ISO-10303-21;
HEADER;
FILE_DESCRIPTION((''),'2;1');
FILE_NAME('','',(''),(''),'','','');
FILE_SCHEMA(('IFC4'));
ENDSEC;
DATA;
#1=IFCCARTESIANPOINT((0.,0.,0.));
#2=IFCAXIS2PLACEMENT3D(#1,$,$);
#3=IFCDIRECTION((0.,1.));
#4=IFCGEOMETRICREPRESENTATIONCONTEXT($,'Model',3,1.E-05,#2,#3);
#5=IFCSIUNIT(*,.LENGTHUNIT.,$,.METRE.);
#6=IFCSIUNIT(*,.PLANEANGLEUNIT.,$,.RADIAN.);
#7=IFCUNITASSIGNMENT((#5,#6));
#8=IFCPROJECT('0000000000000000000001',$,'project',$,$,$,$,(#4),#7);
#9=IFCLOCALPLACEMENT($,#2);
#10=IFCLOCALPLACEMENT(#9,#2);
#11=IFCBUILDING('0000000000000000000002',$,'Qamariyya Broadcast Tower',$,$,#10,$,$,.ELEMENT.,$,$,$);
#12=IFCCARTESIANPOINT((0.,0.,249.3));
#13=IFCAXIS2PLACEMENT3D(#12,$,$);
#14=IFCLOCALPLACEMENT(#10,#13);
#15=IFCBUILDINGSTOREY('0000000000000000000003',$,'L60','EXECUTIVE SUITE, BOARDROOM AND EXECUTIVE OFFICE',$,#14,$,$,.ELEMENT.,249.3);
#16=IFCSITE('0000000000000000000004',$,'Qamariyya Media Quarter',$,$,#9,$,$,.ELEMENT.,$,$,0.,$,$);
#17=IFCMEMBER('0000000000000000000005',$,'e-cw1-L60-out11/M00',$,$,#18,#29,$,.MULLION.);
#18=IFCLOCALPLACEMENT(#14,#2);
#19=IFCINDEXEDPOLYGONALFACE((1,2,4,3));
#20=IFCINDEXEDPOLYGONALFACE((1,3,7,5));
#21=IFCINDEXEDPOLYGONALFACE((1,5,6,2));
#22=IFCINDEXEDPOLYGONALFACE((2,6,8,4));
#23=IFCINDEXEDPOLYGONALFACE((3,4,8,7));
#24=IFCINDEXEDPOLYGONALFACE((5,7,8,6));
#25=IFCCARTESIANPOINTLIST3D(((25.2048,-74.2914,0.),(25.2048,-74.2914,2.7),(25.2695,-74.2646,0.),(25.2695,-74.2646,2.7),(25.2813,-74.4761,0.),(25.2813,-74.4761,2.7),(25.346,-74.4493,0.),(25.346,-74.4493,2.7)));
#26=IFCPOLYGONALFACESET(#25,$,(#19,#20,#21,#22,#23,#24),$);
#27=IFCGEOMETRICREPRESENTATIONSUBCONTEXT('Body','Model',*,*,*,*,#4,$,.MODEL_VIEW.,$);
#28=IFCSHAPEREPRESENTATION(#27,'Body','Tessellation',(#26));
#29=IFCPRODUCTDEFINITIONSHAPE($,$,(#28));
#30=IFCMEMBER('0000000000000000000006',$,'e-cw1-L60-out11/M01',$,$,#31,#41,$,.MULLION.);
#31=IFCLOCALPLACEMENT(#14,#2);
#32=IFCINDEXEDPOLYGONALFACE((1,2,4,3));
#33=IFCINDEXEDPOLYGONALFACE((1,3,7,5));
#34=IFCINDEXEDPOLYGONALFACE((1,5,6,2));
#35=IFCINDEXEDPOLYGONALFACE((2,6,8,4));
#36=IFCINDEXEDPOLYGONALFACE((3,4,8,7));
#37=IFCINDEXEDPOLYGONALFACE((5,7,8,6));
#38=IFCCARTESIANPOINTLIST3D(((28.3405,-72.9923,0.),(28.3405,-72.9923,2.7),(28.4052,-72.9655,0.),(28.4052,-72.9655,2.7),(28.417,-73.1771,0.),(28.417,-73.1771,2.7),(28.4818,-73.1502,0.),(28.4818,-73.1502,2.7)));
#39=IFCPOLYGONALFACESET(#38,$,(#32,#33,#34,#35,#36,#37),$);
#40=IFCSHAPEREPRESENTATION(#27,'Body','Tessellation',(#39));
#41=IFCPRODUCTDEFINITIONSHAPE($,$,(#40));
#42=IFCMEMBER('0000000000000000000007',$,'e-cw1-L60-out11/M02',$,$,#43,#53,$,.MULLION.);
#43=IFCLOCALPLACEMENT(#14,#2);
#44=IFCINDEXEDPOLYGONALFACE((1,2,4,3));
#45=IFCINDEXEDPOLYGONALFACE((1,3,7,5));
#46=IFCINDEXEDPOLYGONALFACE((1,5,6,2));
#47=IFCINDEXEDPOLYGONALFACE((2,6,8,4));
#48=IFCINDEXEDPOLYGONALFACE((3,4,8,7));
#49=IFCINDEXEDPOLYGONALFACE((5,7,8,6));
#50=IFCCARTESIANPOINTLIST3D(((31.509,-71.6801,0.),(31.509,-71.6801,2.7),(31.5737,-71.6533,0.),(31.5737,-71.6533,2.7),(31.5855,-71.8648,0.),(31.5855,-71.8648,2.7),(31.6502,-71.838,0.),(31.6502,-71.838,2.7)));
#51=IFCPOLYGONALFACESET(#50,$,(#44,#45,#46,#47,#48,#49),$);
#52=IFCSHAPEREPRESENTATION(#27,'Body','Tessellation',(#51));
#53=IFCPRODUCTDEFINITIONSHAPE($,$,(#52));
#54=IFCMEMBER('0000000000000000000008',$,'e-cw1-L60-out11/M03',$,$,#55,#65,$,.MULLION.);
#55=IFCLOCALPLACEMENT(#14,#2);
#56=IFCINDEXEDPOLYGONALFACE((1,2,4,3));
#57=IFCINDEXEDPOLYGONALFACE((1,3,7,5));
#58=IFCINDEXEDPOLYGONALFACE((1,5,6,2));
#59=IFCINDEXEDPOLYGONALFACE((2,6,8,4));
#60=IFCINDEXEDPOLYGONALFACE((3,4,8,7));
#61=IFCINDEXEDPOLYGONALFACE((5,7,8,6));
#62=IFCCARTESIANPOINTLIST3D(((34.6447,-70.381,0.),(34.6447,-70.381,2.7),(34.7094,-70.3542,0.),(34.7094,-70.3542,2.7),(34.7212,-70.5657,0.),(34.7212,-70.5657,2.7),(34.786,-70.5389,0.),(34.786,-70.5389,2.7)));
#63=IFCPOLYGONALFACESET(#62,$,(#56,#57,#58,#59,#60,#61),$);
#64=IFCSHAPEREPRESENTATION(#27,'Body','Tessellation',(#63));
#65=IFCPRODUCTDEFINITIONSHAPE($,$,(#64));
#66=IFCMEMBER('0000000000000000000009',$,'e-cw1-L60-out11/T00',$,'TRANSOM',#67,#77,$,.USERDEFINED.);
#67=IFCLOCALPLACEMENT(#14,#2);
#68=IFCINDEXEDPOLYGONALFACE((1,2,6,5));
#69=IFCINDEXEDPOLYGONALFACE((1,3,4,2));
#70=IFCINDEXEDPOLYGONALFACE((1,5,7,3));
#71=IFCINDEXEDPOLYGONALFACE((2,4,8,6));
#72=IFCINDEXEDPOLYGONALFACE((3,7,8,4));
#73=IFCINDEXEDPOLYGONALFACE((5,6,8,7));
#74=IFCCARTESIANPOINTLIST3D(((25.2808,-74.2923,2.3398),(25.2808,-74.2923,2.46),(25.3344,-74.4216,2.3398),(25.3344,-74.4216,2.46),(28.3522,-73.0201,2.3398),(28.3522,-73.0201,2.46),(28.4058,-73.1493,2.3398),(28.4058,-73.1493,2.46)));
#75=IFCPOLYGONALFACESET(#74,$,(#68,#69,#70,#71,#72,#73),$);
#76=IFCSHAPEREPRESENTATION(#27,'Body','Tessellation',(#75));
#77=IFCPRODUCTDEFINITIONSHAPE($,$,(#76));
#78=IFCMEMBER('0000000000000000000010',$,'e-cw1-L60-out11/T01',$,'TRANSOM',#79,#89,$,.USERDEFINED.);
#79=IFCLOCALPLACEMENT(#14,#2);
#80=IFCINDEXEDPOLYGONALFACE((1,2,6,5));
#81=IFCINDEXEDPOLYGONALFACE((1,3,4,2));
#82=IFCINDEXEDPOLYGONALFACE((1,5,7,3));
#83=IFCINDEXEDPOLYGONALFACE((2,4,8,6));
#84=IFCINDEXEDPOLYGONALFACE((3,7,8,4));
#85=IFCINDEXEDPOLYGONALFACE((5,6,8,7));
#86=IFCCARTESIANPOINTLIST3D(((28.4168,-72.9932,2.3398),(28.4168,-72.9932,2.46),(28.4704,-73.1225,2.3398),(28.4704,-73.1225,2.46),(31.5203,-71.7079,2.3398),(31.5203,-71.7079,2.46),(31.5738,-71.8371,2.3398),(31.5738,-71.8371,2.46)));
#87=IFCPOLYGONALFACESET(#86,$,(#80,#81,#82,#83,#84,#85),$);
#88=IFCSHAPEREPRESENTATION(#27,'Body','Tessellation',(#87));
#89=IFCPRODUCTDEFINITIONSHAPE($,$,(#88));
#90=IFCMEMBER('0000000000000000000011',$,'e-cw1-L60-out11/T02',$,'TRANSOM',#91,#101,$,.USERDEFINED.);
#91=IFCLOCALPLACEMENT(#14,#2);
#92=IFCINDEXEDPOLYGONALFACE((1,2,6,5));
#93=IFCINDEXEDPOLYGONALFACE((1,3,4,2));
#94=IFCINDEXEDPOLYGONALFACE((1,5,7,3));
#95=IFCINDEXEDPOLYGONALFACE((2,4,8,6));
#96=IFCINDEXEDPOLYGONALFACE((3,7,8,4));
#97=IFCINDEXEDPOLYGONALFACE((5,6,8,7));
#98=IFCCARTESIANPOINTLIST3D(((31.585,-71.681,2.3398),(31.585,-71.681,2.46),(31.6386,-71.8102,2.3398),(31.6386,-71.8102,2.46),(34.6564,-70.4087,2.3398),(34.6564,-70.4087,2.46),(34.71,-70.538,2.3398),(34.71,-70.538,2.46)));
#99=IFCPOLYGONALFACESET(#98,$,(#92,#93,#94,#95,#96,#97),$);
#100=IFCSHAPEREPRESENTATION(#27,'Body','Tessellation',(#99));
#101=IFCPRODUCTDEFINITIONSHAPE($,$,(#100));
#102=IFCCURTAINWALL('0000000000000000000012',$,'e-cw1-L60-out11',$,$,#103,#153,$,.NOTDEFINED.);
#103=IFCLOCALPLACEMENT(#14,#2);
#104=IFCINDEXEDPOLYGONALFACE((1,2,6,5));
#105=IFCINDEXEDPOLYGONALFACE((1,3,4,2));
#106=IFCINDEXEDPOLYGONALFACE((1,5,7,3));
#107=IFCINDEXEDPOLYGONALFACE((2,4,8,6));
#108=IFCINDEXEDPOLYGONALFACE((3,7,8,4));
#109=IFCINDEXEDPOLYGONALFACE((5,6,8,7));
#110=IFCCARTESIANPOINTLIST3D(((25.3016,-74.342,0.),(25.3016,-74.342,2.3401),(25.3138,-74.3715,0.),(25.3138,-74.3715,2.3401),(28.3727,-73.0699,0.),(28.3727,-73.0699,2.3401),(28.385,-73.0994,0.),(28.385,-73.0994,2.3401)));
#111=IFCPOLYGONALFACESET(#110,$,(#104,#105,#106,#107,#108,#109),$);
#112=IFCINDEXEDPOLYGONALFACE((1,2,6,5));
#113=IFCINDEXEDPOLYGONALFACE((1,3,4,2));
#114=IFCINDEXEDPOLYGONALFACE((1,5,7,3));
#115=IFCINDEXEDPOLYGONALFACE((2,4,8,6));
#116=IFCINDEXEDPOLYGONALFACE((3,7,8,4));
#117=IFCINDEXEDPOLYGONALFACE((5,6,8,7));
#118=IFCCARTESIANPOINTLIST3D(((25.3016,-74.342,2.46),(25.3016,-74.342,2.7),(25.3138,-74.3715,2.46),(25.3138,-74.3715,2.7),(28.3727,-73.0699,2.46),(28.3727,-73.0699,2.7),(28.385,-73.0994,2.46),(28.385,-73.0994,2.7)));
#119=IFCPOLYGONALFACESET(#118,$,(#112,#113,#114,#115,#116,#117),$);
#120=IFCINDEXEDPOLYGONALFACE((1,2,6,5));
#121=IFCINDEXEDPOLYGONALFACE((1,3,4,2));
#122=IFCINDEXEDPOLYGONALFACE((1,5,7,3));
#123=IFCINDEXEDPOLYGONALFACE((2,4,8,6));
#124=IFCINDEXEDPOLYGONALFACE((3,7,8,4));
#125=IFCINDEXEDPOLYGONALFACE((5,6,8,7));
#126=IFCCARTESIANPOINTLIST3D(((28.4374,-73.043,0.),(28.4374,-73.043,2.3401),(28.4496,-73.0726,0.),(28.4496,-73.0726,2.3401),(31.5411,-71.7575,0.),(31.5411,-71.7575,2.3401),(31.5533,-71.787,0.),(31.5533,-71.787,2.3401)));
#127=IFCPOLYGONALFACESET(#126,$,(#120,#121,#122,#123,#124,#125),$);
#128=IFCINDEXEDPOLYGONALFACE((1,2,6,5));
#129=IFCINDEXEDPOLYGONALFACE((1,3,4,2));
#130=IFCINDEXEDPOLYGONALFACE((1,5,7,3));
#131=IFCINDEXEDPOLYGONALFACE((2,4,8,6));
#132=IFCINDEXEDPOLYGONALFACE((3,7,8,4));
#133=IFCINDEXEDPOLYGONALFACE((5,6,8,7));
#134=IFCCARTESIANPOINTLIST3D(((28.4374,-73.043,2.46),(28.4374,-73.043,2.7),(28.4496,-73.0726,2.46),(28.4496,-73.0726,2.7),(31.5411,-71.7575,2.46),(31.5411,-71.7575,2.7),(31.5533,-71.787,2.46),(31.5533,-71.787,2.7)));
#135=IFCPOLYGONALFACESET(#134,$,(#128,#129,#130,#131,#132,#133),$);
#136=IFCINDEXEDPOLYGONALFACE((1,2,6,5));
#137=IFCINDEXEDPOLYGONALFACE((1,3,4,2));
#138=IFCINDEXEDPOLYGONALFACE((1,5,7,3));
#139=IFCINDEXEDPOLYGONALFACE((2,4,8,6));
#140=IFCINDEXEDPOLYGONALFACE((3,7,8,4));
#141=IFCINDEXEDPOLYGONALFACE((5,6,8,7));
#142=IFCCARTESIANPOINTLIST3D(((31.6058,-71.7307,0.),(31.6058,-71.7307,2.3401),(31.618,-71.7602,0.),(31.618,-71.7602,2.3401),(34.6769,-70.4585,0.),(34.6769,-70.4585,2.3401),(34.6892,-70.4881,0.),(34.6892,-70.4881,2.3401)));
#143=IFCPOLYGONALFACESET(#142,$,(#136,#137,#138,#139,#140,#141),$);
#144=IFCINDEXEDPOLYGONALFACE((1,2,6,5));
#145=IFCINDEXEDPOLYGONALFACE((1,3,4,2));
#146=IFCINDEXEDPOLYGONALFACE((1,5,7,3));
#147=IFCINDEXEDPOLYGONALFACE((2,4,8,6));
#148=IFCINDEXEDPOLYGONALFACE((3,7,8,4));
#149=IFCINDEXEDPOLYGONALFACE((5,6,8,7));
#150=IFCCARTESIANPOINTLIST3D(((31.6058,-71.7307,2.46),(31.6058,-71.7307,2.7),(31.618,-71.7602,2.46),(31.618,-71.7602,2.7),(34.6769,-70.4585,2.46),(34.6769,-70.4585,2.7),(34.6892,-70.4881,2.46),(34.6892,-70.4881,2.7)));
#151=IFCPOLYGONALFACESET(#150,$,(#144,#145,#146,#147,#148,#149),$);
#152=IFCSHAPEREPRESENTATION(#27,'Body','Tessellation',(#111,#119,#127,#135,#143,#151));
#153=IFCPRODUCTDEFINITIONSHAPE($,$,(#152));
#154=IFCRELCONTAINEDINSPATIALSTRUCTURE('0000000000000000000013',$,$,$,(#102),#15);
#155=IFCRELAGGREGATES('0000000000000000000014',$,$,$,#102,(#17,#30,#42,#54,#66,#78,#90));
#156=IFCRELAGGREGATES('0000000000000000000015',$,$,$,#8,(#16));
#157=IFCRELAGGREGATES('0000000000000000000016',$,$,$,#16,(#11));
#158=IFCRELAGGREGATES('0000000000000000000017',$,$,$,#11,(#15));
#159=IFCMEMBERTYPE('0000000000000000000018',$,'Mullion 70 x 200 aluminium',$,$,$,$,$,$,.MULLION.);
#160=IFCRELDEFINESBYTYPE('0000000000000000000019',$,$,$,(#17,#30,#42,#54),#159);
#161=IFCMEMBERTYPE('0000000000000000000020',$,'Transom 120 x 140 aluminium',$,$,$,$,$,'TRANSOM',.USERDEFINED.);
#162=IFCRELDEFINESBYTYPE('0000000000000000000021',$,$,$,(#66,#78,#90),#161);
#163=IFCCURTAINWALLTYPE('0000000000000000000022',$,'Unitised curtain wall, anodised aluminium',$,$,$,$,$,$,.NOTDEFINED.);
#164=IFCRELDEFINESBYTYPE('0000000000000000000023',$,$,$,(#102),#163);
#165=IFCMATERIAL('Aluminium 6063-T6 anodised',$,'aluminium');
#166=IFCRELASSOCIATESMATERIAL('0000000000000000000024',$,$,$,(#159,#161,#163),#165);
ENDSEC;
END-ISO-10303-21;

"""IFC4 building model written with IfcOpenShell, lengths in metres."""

from ifc_helpers import new_model, si_unit, direction, frame, origin, origin_2d, place, context, subcontext, project, spatial, rectangle, extrude, material, material_profile, profile_set, type_object, element, aggregate, save


model = new_model("IFC4")

# Units and contexts
model_context = context("Model", 3, precision=1e-05, world=origin(), true_north=direction((0.0, 1.0)))
body_context = subcontext(model_context, "Body", "Model", "MODEL_VIEW")
ifc_project = project(units=[si_unit("LENGTHUNIT", "METRE"), si_unit("PLANEANGLEUNIT", "RADIAN")], contexts=[model_context])

# Members
ifc_material = material(Name="Aluminium 6063-T6 anodised", Category="aluminium")
ifc_material_profile_1 = material_profile(ifc_material, rectangle(XDim=0.2, YDim=0.0701, at=origin_2d()))
ifc_profile_set_1 = profile_set([ifc_material_profile_1], Name="Aluminium 6063-T6 anodised")
member_type_1 = type_object("IfcMemberType", Name="Mullion 70 x 200 aluminium", PredefinedType="MULLION", material=ifc_profile_set_1)
site_placement = place(None, origin())
building_placement = place(site_placement, origin())
storey_placement = place(building_placement, frame((0.0, 0.0, 249.3)))
member_1_placement = place(storey_placement, frame((25.2754, -74.3704, 0.0), z_axis=(0.0, 0.0, 1.0), x_axis=(-0.382683, 0.92388, 0.0)))
member_1 = element("IfcMember", 1, at=member_1_placement, type_object=member_type_1, Name="e-cw1-L60-out11/M00", PredefinedType="MULLION", context=body_context, shape_type="SweptSolid", body=[
    extrude(rectangle(XDim=0.2, YDim=0.0701, at=origin_2d()), origin(), (0.0, 0.0, 1.0), 2.7),
])
member_2_placement = place(storey_placement, frame((28.4111, -73.0713, 0.0), z_axis=(0.0, 0.0, 1.0), x_axis=(-0.382683, 0.92388, 0.0)))
member_2 = element("IfcMember", 2, at=member_2_placement, type_object=member_type_1, Name="e-cw1-L60-out11/M01", PredefinedType="MULLION", context=body_context, shape_type="SweptSolid", body=[
    extrude(rectangle(XDim=0.2, YDim=0.0701, at=origin_2d()), origin(), (0.0, 0.0, 1.0), 2.7),
])
member_3_placement = place(storey_placement, frame((31.5796, -71.759, 0.0), z_axis=(0.0, 0.0, 1.0), x_axis=(-0.382683, 0.92388, 0.0)))
member_3 = element("IfcMember", 3, at=member_3_placement, type_object=member_type_1, Name="e-cw1-L60-out11/M02", PredefinedType="MULLION", context=body_context, shape_type="SweptSolid", body=[
    extrude(rectangle(XDim=0.2, YDim=0.0701, at=origin_2d()), origin(), (0.0, 0.0, 1.0), 2.7),
])
member_4_placement = place(storey_placement, frame((34.7153, -70.46, 0.0), z_axis=(0.0, 0.0, 1.0), x_axis=(-0.382683, 0.92388, 0.0)))
member_4 = element("IfcMember", 4, at=member_4_placement, type_object=member_type_1, Name="e-cw1-L60-out11/M03", PredefinedType="MULLION", context=body_context, shape_type="SweptSolid", body=[
    extrude(rectangle(XDim=0.2, YDim=0.0701, at=origin_2d()), origin(), (0.0, 0.0, 1.0), 2.7),
])
ifc_material_profile_2 = material_profile(ifc_material, rectangle(XDim=0.1399, YDim=0.1201, at=origin_2d()))
ifc_profile_set_2 = profile_set([ifc_material_profile_2], Name="Aluminium 6063-T6 anodised")
member_type_2 = type_object("IfcMemberType", Name="Transom 120 x 140 aluminium", ElementType="TRANSOM", PredefinedType="USERDEFINED", material=ifc_profile_set_2)
member_5_placement = place(storey_placement, frame((25.3076, -74.3569, 2.3999), z_axis=(0.923875, 0.382696, 0.0), x_axis=(-0.382696, 0.923875, 0.0)))
member_5 = element("IfcMember", 5, at=member_5_placement, type_object=member_type_2, Name="e-cw1-L60-out11/T00", ObjectType="TRANSOM", PredefinedType="USERDEFINED", context=body_context, shape_type="SweptSolid", body=[
    extrude(rectangle(XDim=0.1399, YDim=0.1201, at=origin_2d()), origin(), (0.0, 0.0, 1.0), 3.3245),
])
member_6_placement = place(storey_placement, frame((28.4436, -73.0579, 2.3999), z_axis=(0.923892, 0.382653, 0.0), x_axis=(-0.382653, 0.923892, 0.0)))
member_6 = element("IfcMember", 6, at=member_6_placement, type_object=member_type_2, Name="e-cw1-L60-out11/T01", ObjectType="TRANSOM", PredefinedType="USERDEFINED", context=body_context, shape_type="SweptSolid", body=[
    extrude(rectangle(XDim=0.1399, YDim=0.1201, at=origin_2d()), origin(), (0.0, 0.0, 1.0), 3.3591),
])
member_7_placement = place(storey_placement, frame((31.6118, -71.7456, 2.3999), z_axis=(0.923875, 0.382696, 0.0), x_axis=(-0.382696, 0.923875, 0.0)))
member_7 = element("IfcMember", 7, at=member_7_placement, type_object=member_type_2, Name="e-cw1-L60-out11/T02", ObjectType="TRANSOM", PredefinedType="USERDEFINED", context=body_context, shape_type="SweptSolid", body=[
    extrude(rectangle(XDim=0.1399, YDim=0.1201, at=origin_2d()), origin(), (0.0, 0.0, 1.0), 3.3245),
])

# Site, building, storey
site = spatial("IfcSite", under=ifc_project, at=site_placement, Name="Qamariyya Media Quarter", CompositionType="ELEMENT", RefElevation=0.0)
building = spatial("IfcBuilding", under=site, at=building_placement, Name="Qamariyya Broadcast Tower", CompositionType="ELEMENT")
storey = spatial("IfcBuildingStorey", under=building, at=storey_placement, Name="L60", Description="EXECUTIVE SUITE, BOARDROOM AND EXECUTIVE OFFICE", CompositionType="ELEMENT", Elevation=249.3)

# Curtain wall
curtain_wall_type = type_object("IfcCurtainWallType", Name="Unitised curtain wall, anodised aluminium", PredefinedType="NOTDEFINED", material=ifc_material)
curtain_wall_1_placement = place(storey_placement, origin())
curtain_wall_1 = element("IfcCurtainWall", 8, at=curtain_wall_1_placement, inside=storey, type_object=curtain_wall_type, Name="e-cw1-L60-out11", PredefinedType="NOTDEFINED", context=body_context, shape_type="SweptSolid", body=[
    extrude(rectangle(XDim=3.3242, YDim=0.032, at=origin_2d()), frame((26.8433, -73.7207, 0.0), x_axis=(0.923881, 0.38268, 0.0)), (0.0, 0.0, 1.0), 2.3401),
    extrude(rectangle(XDim=3.3242, YDim=0.032, at=origin_2d()), frame((26.8433, -73.7207, 2.46), x_axis=(0.923881, 0.38268, 0.0)), (0.0, 0.0, 1.0), 0.24),
    extrude(rectangle(XDim=3.3594, YDim=0.032, at=origin_2d()), frame((29.9954, -72.415, 0.0), x_axis=(0.923881, 0.38268, 0.0)), (0.0, 0.0, 1.0), 2.3401),
    extrude(rectangle(XDim=3.3594, YDim=0.032, at=origin_2d()), frame((29.9954, -72.415, 2.46), x_axis=(0.923881, 0.38268, 0.0)), (0.0, 0.0, 1.0), 0.24),
    extrude(rectangle(XDim=3.3242, YDim=0.032, at=origin_2d()), frame((33.1475, -71.1094, 0.0), x_axis=(0.923881, 0.38268, 0.0)), (0.0, 0.0, 1.0), 2.3401),
    extrude(rectangle(XDim=3.3242, YDim=0.032, at=origin_2d()), frame((33.1475, -71.1094, 2.46), x_axis=(0.923881, 0.38268, 0.0)), (0.0, 0.0, 1.0), 0.24),
])
aggregate(curtain_wall_1, [member_1, member_2, member_3, member_4, member_5, member_6, member_7])

save(model, "model.ifc")
